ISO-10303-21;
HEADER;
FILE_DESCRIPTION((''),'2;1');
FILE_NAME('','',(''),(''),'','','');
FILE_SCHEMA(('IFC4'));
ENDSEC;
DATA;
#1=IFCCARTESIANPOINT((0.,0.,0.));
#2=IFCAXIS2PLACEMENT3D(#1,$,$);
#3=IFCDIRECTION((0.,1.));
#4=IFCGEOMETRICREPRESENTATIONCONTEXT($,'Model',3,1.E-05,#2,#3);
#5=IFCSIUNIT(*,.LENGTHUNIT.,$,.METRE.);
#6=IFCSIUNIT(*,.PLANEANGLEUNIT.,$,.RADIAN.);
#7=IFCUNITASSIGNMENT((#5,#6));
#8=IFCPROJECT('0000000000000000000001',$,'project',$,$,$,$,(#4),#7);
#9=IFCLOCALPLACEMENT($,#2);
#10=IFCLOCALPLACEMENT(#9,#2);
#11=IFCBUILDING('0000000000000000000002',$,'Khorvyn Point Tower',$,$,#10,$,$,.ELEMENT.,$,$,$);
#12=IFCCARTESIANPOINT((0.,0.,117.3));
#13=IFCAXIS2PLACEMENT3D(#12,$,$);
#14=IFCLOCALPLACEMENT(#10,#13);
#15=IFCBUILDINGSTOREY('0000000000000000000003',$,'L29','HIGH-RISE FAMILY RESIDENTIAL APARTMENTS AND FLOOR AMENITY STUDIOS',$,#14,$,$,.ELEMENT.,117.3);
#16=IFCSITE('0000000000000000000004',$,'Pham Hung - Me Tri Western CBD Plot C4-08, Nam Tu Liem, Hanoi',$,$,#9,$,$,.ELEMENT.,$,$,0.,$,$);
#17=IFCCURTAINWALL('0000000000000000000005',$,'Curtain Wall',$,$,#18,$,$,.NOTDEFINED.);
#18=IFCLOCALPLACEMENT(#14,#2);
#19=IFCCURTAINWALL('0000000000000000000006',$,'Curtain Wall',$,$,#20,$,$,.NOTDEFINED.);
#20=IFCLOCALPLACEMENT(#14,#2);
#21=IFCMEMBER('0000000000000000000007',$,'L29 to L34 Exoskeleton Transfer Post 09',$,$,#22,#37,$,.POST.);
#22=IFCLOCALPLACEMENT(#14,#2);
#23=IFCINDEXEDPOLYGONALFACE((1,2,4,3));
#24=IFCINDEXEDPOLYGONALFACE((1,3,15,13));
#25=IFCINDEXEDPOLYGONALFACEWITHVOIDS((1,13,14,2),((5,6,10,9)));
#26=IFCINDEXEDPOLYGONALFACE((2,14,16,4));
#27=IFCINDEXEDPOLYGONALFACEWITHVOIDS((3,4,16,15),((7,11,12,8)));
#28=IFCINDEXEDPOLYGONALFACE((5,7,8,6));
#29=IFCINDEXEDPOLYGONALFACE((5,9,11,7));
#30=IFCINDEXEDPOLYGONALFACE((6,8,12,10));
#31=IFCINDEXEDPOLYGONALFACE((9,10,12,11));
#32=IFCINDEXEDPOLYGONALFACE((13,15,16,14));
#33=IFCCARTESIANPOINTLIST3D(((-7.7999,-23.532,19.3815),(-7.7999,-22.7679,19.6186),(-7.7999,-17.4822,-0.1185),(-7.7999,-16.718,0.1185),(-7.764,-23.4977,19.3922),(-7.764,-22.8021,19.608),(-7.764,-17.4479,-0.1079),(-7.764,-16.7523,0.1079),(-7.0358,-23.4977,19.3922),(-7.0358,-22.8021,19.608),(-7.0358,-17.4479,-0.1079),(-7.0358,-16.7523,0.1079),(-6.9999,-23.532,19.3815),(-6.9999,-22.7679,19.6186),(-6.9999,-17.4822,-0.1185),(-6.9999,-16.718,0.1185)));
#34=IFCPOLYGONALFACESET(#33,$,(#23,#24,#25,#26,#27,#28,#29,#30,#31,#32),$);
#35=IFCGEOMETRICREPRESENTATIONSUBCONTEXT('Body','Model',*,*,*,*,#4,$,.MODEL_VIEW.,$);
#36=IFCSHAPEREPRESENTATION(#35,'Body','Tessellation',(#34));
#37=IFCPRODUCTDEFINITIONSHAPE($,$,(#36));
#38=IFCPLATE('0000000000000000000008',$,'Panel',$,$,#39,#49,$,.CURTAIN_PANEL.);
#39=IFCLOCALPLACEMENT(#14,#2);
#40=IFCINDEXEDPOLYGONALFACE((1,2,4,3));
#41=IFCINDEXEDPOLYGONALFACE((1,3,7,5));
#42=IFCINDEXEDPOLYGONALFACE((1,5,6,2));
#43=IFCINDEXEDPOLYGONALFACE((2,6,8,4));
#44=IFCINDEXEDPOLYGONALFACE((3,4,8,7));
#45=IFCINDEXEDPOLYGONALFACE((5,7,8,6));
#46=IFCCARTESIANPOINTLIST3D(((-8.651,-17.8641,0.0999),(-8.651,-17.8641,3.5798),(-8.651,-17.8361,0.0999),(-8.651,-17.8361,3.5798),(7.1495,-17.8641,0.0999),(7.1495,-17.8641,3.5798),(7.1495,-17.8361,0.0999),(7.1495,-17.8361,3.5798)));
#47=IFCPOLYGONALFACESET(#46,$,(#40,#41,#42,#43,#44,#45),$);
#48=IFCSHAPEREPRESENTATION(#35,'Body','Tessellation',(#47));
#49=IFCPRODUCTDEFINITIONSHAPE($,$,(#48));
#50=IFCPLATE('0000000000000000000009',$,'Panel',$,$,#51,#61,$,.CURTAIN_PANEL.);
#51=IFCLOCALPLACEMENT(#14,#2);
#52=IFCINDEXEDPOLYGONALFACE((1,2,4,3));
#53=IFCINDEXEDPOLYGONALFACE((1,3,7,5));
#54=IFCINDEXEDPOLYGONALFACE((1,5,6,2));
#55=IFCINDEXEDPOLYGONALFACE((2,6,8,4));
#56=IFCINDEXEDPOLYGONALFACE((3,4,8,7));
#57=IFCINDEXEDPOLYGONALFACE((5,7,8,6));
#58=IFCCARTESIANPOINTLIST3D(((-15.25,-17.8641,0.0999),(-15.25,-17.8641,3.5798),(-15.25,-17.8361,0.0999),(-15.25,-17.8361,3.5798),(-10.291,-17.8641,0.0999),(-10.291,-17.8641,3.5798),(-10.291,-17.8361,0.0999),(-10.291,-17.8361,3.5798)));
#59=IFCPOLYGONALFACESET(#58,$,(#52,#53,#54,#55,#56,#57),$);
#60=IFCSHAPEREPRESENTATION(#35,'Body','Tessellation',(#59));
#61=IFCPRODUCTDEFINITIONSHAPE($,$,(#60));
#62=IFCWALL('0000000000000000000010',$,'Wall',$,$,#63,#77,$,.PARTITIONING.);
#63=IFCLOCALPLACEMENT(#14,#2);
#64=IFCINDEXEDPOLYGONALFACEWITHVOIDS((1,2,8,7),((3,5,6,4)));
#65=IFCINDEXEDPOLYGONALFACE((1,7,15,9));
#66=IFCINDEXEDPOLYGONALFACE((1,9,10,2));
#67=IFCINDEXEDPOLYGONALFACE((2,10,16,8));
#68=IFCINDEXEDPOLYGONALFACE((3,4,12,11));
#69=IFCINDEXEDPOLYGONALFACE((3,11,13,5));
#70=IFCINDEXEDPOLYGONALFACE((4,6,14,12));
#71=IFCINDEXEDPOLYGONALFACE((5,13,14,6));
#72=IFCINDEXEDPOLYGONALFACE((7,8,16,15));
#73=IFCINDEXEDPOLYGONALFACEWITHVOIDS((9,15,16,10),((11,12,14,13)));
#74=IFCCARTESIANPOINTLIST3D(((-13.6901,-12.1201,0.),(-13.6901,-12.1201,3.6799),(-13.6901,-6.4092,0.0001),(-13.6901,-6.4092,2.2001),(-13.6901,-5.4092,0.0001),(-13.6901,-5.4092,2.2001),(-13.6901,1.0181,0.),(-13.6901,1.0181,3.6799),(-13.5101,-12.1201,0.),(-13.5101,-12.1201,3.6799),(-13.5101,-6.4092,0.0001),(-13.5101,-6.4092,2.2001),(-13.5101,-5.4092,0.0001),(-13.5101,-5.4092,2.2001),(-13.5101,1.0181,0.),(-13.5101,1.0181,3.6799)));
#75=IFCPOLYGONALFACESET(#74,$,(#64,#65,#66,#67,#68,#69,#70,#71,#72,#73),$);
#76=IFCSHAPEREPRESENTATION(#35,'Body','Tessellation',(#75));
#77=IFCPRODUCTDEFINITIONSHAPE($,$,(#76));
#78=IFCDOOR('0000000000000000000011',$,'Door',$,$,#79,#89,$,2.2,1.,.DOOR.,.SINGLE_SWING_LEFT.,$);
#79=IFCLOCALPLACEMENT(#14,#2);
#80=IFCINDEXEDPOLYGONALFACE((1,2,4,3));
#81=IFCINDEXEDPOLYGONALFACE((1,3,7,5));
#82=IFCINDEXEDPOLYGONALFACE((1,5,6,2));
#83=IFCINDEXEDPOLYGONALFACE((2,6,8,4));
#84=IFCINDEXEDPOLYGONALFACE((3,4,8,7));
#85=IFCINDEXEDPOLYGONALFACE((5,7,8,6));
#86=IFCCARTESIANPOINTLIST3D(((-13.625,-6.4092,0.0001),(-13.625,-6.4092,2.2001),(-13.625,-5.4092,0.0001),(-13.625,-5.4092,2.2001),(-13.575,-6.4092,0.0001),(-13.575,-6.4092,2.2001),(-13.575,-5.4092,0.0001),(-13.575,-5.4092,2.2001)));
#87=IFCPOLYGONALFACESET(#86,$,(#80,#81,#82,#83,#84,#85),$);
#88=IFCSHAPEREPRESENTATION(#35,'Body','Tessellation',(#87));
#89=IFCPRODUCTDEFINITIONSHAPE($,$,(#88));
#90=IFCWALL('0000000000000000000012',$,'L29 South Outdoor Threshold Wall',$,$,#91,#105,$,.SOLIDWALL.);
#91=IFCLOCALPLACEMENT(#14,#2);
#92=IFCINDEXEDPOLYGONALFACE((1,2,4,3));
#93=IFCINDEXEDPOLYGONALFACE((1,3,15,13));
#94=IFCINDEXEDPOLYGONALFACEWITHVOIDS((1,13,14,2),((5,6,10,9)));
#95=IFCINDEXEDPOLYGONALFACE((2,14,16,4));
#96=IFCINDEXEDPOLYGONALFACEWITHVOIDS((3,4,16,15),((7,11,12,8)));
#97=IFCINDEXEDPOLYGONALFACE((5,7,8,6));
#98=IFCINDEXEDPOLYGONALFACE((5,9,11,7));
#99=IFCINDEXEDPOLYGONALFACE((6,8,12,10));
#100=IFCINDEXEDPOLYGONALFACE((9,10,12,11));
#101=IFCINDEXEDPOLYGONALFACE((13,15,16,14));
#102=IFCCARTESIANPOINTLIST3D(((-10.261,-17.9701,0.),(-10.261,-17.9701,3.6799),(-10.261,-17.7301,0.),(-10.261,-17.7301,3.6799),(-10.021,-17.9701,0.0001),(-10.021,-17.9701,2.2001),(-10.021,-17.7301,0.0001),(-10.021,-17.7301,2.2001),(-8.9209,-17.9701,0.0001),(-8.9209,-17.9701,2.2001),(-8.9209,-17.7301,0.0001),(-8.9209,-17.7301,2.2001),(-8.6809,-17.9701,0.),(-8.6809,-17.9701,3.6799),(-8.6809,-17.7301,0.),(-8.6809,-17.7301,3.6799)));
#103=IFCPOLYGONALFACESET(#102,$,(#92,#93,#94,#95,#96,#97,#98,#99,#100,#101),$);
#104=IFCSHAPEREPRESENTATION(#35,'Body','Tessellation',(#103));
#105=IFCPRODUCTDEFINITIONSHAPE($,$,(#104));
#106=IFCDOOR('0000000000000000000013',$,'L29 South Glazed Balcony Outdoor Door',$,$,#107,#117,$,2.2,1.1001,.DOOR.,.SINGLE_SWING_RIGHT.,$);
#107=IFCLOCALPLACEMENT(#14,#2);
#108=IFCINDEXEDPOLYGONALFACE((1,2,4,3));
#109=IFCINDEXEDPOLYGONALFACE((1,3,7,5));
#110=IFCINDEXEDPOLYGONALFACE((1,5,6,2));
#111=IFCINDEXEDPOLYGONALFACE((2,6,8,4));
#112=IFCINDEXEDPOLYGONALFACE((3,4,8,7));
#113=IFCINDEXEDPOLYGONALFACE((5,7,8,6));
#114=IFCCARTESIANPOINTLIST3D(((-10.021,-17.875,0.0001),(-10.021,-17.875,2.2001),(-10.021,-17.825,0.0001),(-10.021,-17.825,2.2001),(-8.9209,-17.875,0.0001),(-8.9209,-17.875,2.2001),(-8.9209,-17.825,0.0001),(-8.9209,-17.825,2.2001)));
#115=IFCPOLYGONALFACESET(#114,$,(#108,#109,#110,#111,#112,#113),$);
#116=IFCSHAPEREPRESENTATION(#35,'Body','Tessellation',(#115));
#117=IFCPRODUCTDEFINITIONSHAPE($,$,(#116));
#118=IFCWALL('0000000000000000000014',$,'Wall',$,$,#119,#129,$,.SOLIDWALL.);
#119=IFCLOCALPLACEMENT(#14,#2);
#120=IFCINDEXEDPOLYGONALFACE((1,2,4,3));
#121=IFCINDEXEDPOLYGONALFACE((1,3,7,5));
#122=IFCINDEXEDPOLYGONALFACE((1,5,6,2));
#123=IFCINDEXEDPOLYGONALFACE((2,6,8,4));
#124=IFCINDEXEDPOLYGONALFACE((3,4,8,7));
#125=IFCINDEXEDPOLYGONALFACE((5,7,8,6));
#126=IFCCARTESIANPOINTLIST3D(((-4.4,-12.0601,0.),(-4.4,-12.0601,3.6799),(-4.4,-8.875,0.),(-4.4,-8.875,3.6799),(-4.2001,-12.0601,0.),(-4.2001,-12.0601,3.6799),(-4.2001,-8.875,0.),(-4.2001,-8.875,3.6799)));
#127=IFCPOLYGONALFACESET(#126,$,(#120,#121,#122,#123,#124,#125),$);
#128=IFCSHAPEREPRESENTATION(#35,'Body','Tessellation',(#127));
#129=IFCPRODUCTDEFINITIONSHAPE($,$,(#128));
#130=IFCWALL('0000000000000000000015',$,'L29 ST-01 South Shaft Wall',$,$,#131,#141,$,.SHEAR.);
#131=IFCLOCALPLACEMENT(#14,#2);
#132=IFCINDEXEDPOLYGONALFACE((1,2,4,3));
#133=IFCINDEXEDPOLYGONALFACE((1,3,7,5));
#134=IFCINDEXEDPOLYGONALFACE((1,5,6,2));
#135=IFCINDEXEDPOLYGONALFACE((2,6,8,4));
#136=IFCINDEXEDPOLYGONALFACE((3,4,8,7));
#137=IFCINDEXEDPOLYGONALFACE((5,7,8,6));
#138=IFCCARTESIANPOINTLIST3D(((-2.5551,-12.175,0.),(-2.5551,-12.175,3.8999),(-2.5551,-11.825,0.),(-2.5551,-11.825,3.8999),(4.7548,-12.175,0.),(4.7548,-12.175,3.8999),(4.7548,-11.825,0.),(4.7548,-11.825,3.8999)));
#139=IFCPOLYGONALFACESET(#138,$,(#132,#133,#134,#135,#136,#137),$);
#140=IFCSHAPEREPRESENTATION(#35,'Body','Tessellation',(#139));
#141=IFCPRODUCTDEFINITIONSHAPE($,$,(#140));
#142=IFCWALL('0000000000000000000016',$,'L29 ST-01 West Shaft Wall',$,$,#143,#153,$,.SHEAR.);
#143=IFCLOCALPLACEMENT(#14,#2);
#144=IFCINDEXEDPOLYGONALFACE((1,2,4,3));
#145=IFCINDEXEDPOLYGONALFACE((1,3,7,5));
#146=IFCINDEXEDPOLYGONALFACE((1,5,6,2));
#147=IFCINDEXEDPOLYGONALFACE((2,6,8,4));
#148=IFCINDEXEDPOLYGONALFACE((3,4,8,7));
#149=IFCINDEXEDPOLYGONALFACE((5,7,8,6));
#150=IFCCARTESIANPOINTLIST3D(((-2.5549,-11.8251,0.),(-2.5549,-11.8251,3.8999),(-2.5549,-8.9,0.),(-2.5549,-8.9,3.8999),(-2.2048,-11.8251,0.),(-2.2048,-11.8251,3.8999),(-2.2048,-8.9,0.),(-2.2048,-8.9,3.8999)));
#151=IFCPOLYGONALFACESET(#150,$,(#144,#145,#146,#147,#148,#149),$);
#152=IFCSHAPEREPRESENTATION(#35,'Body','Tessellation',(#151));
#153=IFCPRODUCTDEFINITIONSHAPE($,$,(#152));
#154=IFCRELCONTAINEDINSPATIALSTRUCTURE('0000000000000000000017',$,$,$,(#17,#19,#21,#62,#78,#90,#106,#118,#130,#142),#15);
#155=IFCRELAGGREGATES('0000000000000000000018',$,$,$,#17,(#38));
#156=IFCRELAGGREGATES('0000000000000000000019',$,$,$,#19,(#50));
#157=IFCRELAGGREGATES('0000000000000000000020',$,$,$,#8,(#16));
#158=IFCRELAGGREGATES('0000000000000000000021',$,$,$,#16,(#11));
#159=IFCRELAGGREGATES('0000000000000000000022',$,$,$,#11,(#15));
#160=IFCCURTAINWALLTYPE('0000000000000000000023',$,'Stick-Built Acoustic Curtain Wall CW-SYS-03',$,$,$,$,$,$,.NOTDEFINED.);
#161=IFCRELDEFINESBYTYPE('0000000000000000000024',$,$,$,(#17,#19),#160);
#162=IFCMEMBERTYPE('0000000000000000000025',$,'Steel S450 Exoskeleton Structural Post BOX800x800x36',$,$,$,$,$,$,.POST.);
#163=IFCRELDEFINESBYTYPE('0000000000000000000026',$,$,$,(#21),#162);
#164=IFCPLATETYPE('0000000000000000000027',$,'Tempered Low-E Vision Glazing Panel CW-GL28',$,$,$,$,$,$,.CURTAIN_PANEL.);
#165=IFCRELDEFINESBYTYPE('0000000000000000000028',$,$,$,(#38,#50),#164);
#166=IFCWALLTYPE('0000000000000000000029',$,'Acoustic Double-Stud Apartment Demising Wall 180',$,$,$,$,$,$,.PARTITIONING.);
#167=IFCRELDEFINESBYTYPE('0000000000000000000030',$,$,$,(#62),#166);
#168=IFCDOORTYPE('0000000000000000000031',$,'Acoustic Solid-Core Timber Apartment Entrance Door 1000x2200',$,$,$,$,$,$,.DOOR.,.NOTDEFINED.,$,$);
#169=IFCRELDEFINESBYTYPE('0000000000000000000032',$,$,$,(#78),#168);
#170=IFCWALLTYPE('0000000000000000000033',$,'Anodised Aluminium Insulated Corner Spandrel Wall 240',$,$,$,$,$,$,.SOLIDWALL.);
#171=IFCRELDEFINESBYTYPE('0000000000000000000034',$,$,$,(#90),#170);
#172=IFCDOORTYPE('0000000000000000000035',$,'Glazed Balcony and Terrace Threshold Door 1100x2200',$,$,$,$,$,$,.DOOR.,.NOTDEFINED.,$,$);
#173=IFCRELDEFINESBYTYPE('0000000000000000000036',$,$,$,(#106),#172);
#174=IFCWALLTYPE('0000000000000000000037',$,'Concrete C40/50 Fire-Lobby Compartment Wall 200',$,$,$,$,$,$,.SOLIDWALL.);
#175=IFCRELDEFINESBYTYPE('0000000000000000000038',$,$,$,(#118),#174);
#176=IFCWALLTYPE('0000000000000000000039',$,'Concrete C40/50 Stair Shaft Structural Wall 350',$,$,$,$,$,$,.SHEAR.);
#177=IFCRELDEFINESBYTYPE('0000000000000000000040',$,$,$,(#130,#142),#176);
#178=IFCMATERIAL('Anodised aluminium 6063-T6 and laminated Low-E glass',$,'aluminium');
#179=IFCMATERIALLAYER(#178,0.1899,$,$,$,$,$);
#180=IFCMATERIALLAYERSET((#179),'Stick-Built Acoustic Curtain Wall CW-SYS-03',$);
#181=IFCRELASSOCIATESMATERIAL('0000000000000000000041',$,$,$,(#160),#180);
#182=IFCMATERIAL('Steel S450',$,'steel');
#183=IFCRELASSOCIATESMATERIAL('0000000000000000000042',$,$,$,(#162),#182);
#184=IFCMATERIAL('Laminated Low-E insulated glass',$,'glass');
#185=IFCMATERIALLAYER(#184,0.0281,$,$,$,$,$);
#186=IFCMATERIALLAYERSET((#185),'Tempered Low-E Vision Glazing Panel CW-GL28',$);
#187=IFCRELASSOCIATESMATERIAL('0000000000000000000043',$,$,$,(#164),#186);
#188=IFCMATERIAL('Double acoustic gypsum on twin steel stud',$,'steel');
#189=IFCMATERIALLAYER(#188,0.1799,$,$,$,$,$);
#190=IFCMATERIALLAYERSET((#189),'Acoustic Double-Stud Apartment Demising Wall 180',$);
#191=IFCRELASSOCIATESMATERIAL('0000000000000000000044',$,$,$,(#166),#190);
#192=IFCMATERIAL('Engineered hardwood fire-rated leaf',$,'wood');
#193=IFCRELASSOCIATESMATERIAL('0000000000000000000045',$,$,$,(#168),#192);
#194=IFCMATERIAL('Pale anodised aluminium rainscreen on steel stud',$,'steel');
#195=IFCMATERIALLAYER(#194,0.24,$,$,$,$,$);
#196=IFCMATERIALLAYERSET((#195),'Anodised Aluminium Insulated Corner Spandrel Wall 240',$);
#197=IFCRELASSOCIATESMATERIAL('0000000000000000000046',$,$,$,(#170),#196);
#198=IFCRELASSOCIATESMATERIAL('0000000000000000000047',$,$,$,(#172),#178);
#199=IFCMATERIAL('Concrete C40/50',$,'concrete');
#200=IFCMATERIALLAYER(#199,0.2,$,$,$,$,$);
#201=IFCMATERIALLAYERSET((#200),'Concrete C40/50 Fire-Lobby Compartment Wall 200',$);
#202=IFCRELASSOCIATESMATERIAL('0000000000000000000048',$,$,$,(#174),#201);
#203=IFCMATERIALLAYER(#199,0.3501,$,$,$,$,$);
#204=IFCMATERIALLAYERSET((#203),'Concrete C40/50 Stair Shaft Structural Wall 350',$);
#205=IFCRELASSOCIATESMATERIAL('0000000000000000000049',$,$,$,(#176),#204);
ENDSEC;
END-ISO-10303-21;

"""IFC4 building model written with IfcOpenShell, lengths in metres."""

from ifc_helpers import new_model, si_unit, direction, frame, frame_2d, origin, origin_2d, place, context, subcontext, project, spatial, rectangle, hollow_rectangle, extrude, material, layer, layer_set, material_profile, profile_set, type_object, element, fill, aggregate, save


model = new_model("IFC4")

# Units and contexts
model_context = context("Model", 3, precision=1e-05, world=origin(), true_north=direction((0.0, 1.0)))
body_context = subcontext(model_context, "Body", "Model", "MODEL_VIEW")
ifc_project = project(units=[si_unit("LENGTHUNIT", "METRE"), si_unit("PLANEANGLEUNIT", "RADIAN")], contexts=[model_context])

# Site, building, storey
site_placement = place(None, origin())
site = spatial("IfcSite", under=ifc_project, at=site_placement, Name="Pham Hung - Me Tri Western CBD Plot C4-08, Nam Tu Liem, Hanoi", CompositionType="ELEMENT", RefElevation=0.0)
building_placement = place(site_placement, origin())
building = spatial("IfcBuilding", under=site, at=building_placement, Name="Khorvyn Point Tower", CompositionType="ELEMENT")
storey_placement = place(building_placement, frame((0.0, 0.0, 117.3)))
storey = spatial("IfcBuildingStorey", under=building, at=storey_placement, Name="L29", Description="HIGH-RISE FAMILY RESIDENTIAL APARTMENTS AND FLOOR AMENITY STUDIOS", CompositionType="ELEMENT", Elevation=117.3)

# Curtain wall
ifc_material_1 = material(Name="Anodised aluminium 6063-T6 and laminated Low-E glass", Category="aluminium")
ifc_layer_1 = layer(ifc_material_1, 0.1899)
ifc_layer_set_1 = layer_set([ifc_layer_1], Name="Stick-Built Acoustic Curtain Wall CW-SYS-03")
curtain_wall_type = type_object("IfcCurtainWallType", Name="Stick-Built Acoustic Curtain Wall CW-SYS-03", PredefinedType="NOTDEFINED", material=ifc_layer_set_1)
curtain_wall_1_placement = place(storey_placement, origin())
curtain_wall_1 = element("IfcCurtainWall", 1, at=curtain_wall_1_placement, inside=storey, type_object=curtain_wall_type, Name="Curtain Wall", PredefinedType="NOTDEFINED")

# Curtain wall
curtain_wall_2_placement = place(storey_placement, origin())
curtain_wall_2 = element("IfcCurtainWall", 2, at=curtain_wall_2_placement, inside=storey, type_object=curtain_wall_type, Name="Curtain Wall", PredefinedType="NOTDEFINED")

# Member
ifc_material_2 = material(Name="Steel S450", Category="steel")
ifc_material_profile_1 = material_profile(ifc_material_2, hollow_rectangle(XDim=0.8, YDim=0.8, WallThickness=0.0359, at=origin_2d()))
ifc_profile_set_1 = profile_set([ifc_material_profile_1], Name="Steel S450 BOX800x800x36")
member_type_1 = type_object("IfcMemberType", Name="Steel S450 Exoskeleton Structural Post BOX800x800x36", PredefinedType="POST", material=ifc_profile_set_1)
member_1_placement = place(storey_placement, frame((-7.3999, -17.1001, 0.0), z_axis=(0.0, -0.296313, 0.955091), x_axis=(1.0, 0.0, 0.0)))
element("IfcMember", 3, at=member_1_placement, inside=storey, type_object=member_type_1, Name="L29 to L34 Exoskeleton Transfer Post 09", PredefinedType="POST", context=body_context, shape_type="SweptSolid", body=[
    extrude(hollow_rectangle(XDim=0.8, YDim=0.8, WallThickness=0.0359, at=origin_2d()), origin(), (0.0, 0.0, 1.0), 20.417),
])

# Plates
ifc_material_3 = material(Name="Laminated Low-E insulated glass", Category="glass")
ifc_layer_2 = layer(ifc_material_3, 0.0281)
ifc_layer_set_2 = layer_set([ifc_layer_2], Name="Tempered Low-E Vision Glazing Panel CW-GL28")
plate_type = type_object("IfcPlateType", Name="Tempered Low-E Vision Glazing Panel CW-GL28", PredefinedType="CURTAIN_PANEL", material=ifc_layer_set_2)
plate_1_placement = place(storey_placement, frame((-0.7507, -17.8501, 0.0999), z_axis=(0.0, 0.0, 1.0), x_axis=(-1.0, 0.0, 0.0)))
plate_1 = element("IfcPlate", 4, at=plate_1_placement, type_object=plate_type, Name="Panel", PredefinedType="CURTAIN_PANEL", context=body_context, shape_type="SweptSolid", body=[
    extrude(rectangle(XDim=15.8005, YDim=0.0281, at=origin_2d()), origin(), (0.0, 0.0, 1.0), 3.48),
])
aggregate(curtain_wall_1, [plate_1])
plate_2_placement = place(storey_placement, frame((-12.7705, -17.8501, 0.0999), z_axis=(0.0, 0.0, 1.0), x_axis=(-1.0, 0.0, 0.0)))
plate_2 = element("IfcPlate", 5, at=plate_2_placement, type_object=plate_type, Name="Panel", PredefinedType="CURTAIN_PANEL", context=body_context, shape_type="SweptSolid", body=[
    extrude(rectangle(XDim=4.959, YDim=0.0281, at=origin_2d()), origin(), (0.0, 0.0, 1.0), 3.48),
])
aggregate(curtain_wall_2, [plate_2])

# Walls, openings, doors
ifc_material_4 = material(Name="Double acoustic gypsum on twin steel stud", Category="steel")
ifc_layer_3 = layer(ifc_material_4, 0.1799)
ifc_layer_set_3 = layer_set([ifc_layer_3], Name="Acoustic Double-Stud Apartment Demising Wall 180")
wall_type_1 = type_object("IfcWallType", Name="Acoustic Double-Stud Apartment Demising Wall 180", PredefinedType="PARTITIONING", material=ifc_layer_set_3)
wall_1_placement = place(storey_placement, frame((-13.6001, -12.1201, 0.0), z_axis=(0.0, 0.0, 1.0), x_axis=(0.0, 1.0, 0.0)))
wall_1 = element("IfcWall", 6, at=wall_1_placement, inside=storey, type_object=wall_type_1, Name="Wall", PredefinedType="PARTITIONING", context=body_context, shape_type="SweptSolid", body=[
    extrude(rectangle(XDim=13.1382, YDim=0.1799, at=frame_2d((6.5691, 0.0))), origin(), (0.0, 0.0, 1.0), 3.6799),
])
opening_1_placement = place(wall_1_placement, frame((5.7109, 0.0, 0.0)))
opening_1 = element("IfcOpeningElement", 7, at=opening_1_placement, cuts=wall_1, PredefinedType="OPENING", context=body_context, shape_type="SweptSolid", body=[
    extrude(rectangle(XDim=1.0, YDim=2.2, at=frame_2d((0.5, 1.1001))), frame((0.0, 0.0999, 0.0), z_axis=(0.0, -1.0, 0.0), x_axis=(1.0, 0.0, 0.0)), (0.0, 0.0, 1.0), 0.2),
])
ifc_material_5 = material(Name="Engineered hardwood fire-rated leaf", Category="wood")
door_type_1 = type_object("IfcDoorType", Name="Acoustic Solid-Core Timber Apartment Entrance Door 1000x2200", OperationType="NOTDEFINED", PredefinedType="DOOR", material=ifc_material_5)
door_1_placement = place(opening_1_placement, origin())
door_1 = element("IfcDoor", 8, at=door_1_placement, inside=storey, type_object=door_type_1, Name="Door", OperationType="SINGLE_SWING_LEFT", OverallHeight=2.2, OverallWidth=1.0, PredefinedType="DOOR", context=body_context, shape_type="SweptSolid", body=[
    extrude(rectangle(XDim=1.0, YDim=2.2, at=frame_2d((0.5, 1.1001))), frame((0.0, 0.0249, 0.0), z_axis=(0.0, -1.0, 0.0), x_axis=(1.0, 0.0, 0.0)), (0.0, 0.0, 1.0), 0.05),
])
fill(opening_1, door_1)
ifc_material_6 = material(Name="Pale anodised aluminium rainscreen on steel stud", Category="steel")
ifc_layer_4 = layer(ifc_material_6, 0.24)
ifc_layer_set_4 = layer_set([ifc_layer_4], Name="Anodised Aluminium Insulated Corner Spandrel Wall 240")
wall_type_2 = type_object("IfcWallType", Name="Anodised Aluminium Insulated Corner Spandrel Wall 240", PredefinedType="SOLIDWALL", material=ifc_layer_set_4)
wall_2_placement = place(storey_placement, frame((-8.6809, -17.8501, 0.0), z_axis=(0.0, 0.0, 1.0), x_axis=(-1.0, 0.0, 0.0)))
wall_2 = element("IfcWall", 9, at=wall_2_placement, inside=storey, type_object=wall_type_2, Name="L29 South Outdoor Threshold Wall", PredefinedType="SOLIDWALL", context=body_context, shape_type="SweptSolid", body=[
    extrude(rectangle(XDim=1.5801, YDim=0.24, at=frame_2d((0.79, 0.0))), origin(), (0.0, 0.0, 1.0), 3.6799),
])
opening_2_placement = place(wall_2_placement, frame((0.24, 0.0, 0.0)))
opening_2 = element("IfcOpeningElement", 10, at=opening_2_placement, cuts=wall_2, PredefinedType="OPENING", context=body_context, shape_type="SweptSolid", body=[
    extrude(rectangle(XDim=1.1001, YDim=2.2, at=frame_2d((0.55, 1.1001))), frame((0.0, 0.1299, 0.0), z_axis=(0.0, -1.0, 0.0), x_axis=(1.0, 0.0, 0.0)), (0.0, 0.0, 1.0), 0.26),
])
door_type_2 = type_object("IfcDoorType", Name="Glazed Balcony and Terrace Threshold Door 1100x2200", OperationType="NOTDEFINED", PredefinedType="DOOR", material=ifc_material_1)
door_2_placement = place(opening_2_placement, origin())
door_2 = element("IfcDoor", 11, at=door_2_placement, inside=storey, type_object=door_type_2, Name="L29 South Glazed Balcony Outdoor Door", OperationType="SINGLE_SWING_RIGHT", OverallHeight=2.2, OverallWidth=1.1001, PredefinedType="DOOR", context=body_context, shape_type="SweptSolid", body=[
    extrude(rectangle(XDim=1.1001, YDim=2.2, at=frame_2d((0.55, 1.1001))), frame((0.0, 0.0249, 0.0), z_axis=(0.0, -1.0, 0.0), x_axis=(1.0, 0.0, 0.0)), (0.0, 0.0, 1.0), 0.05),
])
fill(opening_2, door_2)
ifc_material_7 = material(Name="Concrete C40/50", Category="concrete")
ifc_layer_5 = layer(ifc_material_7, 0.2)
ifc_layer_set_5 = layer_set([ifc_layer_5], Name="Concrete C40/50 Fire-Lobby Compartment Wall 200")
wall_type_3 = type_object("IfcWallType", Name="Concrete C40/50 Fire-Lobby Compartment Wall 200", PredefinedType="SOLIDWALL", material=ifc_layer_set_5)

# Walls
wall_3_placement = place(storey_placement, frame((-4.3, -12.0601, 0.0), z_axis=(0.0, 0.0, 1.0), x_axis=(0.0, 1.0, 0.0)))
element("IfcWall", 12, at=wall_3_placement, inside=storey, type_object=wall_type_3, Name="Wall", PredefinedType="SOLIDWALL", context=body_context, shape_type="SweptSolid", body=[
    extrude(rectangle(XDim=3.1851, YDim=0.2, at=frame_2d((1.5925, 0.0))), origin(), (0.0, 0.0, 1.0), 3.6799),
])
ifc_layer_6 = layer(ifc_material_7, 0.3501)
ifc_layer_set_6 = layer_set([ifc_layer_6], Name="Concrete C40/50 Stair Shaft Structural Wall 350")
wall_type_4 = type_object("IfcWallType", Name="Concrete C40/50 Stair Shaft Structural Wall 350", PredefinedType="SHEAR", material=ifc_layer_set_6)
wall_4_placement = place(storey_placement, frame((-2.5549, -12.0, 0.0), z_axis=(0.0, 0.0, 1.0), x_axis=(1.0, 0.0, 0.0)))
element("IfcWall", 13, at=wall_4_placement, inside=storey, type_object=wall_type_4, Name="L29 ST-01 South Shaft Wall", PredefinedType="SHEAR", context=body_context, shape_type="SweptSolid", body=[
    extrude(rectangle(XDim=7.3098, YDim=0.3501, at=frame_2d((3.6548, 0.0))), origin(), (0.0, 0.0, 1.0), 3.8999),
])
wall_5_placement = place(storey_placement, frame((-2.3799, -11.825, 0.0), z_axis=(0.0, 0.0, 1.0), x_axis=(0.0, 1.0, 0.0)))
element("IfcWall", 14, at=wall_5_placement, inside=storey, type_object=wall_type_4, Name="L29 ST-01 West Shaft Wall", PredefinedType="SHEAR", context=body_context, shape_type="SweptSolid", body=[
    extrude(rectangle(XDim=2.925, YDim=0.3501, at=frame_2d((1.4624, 0.0))), origin(), (0.0, 0.0, 1.0), 3.8999),
])

save(model, "model.ifc")
